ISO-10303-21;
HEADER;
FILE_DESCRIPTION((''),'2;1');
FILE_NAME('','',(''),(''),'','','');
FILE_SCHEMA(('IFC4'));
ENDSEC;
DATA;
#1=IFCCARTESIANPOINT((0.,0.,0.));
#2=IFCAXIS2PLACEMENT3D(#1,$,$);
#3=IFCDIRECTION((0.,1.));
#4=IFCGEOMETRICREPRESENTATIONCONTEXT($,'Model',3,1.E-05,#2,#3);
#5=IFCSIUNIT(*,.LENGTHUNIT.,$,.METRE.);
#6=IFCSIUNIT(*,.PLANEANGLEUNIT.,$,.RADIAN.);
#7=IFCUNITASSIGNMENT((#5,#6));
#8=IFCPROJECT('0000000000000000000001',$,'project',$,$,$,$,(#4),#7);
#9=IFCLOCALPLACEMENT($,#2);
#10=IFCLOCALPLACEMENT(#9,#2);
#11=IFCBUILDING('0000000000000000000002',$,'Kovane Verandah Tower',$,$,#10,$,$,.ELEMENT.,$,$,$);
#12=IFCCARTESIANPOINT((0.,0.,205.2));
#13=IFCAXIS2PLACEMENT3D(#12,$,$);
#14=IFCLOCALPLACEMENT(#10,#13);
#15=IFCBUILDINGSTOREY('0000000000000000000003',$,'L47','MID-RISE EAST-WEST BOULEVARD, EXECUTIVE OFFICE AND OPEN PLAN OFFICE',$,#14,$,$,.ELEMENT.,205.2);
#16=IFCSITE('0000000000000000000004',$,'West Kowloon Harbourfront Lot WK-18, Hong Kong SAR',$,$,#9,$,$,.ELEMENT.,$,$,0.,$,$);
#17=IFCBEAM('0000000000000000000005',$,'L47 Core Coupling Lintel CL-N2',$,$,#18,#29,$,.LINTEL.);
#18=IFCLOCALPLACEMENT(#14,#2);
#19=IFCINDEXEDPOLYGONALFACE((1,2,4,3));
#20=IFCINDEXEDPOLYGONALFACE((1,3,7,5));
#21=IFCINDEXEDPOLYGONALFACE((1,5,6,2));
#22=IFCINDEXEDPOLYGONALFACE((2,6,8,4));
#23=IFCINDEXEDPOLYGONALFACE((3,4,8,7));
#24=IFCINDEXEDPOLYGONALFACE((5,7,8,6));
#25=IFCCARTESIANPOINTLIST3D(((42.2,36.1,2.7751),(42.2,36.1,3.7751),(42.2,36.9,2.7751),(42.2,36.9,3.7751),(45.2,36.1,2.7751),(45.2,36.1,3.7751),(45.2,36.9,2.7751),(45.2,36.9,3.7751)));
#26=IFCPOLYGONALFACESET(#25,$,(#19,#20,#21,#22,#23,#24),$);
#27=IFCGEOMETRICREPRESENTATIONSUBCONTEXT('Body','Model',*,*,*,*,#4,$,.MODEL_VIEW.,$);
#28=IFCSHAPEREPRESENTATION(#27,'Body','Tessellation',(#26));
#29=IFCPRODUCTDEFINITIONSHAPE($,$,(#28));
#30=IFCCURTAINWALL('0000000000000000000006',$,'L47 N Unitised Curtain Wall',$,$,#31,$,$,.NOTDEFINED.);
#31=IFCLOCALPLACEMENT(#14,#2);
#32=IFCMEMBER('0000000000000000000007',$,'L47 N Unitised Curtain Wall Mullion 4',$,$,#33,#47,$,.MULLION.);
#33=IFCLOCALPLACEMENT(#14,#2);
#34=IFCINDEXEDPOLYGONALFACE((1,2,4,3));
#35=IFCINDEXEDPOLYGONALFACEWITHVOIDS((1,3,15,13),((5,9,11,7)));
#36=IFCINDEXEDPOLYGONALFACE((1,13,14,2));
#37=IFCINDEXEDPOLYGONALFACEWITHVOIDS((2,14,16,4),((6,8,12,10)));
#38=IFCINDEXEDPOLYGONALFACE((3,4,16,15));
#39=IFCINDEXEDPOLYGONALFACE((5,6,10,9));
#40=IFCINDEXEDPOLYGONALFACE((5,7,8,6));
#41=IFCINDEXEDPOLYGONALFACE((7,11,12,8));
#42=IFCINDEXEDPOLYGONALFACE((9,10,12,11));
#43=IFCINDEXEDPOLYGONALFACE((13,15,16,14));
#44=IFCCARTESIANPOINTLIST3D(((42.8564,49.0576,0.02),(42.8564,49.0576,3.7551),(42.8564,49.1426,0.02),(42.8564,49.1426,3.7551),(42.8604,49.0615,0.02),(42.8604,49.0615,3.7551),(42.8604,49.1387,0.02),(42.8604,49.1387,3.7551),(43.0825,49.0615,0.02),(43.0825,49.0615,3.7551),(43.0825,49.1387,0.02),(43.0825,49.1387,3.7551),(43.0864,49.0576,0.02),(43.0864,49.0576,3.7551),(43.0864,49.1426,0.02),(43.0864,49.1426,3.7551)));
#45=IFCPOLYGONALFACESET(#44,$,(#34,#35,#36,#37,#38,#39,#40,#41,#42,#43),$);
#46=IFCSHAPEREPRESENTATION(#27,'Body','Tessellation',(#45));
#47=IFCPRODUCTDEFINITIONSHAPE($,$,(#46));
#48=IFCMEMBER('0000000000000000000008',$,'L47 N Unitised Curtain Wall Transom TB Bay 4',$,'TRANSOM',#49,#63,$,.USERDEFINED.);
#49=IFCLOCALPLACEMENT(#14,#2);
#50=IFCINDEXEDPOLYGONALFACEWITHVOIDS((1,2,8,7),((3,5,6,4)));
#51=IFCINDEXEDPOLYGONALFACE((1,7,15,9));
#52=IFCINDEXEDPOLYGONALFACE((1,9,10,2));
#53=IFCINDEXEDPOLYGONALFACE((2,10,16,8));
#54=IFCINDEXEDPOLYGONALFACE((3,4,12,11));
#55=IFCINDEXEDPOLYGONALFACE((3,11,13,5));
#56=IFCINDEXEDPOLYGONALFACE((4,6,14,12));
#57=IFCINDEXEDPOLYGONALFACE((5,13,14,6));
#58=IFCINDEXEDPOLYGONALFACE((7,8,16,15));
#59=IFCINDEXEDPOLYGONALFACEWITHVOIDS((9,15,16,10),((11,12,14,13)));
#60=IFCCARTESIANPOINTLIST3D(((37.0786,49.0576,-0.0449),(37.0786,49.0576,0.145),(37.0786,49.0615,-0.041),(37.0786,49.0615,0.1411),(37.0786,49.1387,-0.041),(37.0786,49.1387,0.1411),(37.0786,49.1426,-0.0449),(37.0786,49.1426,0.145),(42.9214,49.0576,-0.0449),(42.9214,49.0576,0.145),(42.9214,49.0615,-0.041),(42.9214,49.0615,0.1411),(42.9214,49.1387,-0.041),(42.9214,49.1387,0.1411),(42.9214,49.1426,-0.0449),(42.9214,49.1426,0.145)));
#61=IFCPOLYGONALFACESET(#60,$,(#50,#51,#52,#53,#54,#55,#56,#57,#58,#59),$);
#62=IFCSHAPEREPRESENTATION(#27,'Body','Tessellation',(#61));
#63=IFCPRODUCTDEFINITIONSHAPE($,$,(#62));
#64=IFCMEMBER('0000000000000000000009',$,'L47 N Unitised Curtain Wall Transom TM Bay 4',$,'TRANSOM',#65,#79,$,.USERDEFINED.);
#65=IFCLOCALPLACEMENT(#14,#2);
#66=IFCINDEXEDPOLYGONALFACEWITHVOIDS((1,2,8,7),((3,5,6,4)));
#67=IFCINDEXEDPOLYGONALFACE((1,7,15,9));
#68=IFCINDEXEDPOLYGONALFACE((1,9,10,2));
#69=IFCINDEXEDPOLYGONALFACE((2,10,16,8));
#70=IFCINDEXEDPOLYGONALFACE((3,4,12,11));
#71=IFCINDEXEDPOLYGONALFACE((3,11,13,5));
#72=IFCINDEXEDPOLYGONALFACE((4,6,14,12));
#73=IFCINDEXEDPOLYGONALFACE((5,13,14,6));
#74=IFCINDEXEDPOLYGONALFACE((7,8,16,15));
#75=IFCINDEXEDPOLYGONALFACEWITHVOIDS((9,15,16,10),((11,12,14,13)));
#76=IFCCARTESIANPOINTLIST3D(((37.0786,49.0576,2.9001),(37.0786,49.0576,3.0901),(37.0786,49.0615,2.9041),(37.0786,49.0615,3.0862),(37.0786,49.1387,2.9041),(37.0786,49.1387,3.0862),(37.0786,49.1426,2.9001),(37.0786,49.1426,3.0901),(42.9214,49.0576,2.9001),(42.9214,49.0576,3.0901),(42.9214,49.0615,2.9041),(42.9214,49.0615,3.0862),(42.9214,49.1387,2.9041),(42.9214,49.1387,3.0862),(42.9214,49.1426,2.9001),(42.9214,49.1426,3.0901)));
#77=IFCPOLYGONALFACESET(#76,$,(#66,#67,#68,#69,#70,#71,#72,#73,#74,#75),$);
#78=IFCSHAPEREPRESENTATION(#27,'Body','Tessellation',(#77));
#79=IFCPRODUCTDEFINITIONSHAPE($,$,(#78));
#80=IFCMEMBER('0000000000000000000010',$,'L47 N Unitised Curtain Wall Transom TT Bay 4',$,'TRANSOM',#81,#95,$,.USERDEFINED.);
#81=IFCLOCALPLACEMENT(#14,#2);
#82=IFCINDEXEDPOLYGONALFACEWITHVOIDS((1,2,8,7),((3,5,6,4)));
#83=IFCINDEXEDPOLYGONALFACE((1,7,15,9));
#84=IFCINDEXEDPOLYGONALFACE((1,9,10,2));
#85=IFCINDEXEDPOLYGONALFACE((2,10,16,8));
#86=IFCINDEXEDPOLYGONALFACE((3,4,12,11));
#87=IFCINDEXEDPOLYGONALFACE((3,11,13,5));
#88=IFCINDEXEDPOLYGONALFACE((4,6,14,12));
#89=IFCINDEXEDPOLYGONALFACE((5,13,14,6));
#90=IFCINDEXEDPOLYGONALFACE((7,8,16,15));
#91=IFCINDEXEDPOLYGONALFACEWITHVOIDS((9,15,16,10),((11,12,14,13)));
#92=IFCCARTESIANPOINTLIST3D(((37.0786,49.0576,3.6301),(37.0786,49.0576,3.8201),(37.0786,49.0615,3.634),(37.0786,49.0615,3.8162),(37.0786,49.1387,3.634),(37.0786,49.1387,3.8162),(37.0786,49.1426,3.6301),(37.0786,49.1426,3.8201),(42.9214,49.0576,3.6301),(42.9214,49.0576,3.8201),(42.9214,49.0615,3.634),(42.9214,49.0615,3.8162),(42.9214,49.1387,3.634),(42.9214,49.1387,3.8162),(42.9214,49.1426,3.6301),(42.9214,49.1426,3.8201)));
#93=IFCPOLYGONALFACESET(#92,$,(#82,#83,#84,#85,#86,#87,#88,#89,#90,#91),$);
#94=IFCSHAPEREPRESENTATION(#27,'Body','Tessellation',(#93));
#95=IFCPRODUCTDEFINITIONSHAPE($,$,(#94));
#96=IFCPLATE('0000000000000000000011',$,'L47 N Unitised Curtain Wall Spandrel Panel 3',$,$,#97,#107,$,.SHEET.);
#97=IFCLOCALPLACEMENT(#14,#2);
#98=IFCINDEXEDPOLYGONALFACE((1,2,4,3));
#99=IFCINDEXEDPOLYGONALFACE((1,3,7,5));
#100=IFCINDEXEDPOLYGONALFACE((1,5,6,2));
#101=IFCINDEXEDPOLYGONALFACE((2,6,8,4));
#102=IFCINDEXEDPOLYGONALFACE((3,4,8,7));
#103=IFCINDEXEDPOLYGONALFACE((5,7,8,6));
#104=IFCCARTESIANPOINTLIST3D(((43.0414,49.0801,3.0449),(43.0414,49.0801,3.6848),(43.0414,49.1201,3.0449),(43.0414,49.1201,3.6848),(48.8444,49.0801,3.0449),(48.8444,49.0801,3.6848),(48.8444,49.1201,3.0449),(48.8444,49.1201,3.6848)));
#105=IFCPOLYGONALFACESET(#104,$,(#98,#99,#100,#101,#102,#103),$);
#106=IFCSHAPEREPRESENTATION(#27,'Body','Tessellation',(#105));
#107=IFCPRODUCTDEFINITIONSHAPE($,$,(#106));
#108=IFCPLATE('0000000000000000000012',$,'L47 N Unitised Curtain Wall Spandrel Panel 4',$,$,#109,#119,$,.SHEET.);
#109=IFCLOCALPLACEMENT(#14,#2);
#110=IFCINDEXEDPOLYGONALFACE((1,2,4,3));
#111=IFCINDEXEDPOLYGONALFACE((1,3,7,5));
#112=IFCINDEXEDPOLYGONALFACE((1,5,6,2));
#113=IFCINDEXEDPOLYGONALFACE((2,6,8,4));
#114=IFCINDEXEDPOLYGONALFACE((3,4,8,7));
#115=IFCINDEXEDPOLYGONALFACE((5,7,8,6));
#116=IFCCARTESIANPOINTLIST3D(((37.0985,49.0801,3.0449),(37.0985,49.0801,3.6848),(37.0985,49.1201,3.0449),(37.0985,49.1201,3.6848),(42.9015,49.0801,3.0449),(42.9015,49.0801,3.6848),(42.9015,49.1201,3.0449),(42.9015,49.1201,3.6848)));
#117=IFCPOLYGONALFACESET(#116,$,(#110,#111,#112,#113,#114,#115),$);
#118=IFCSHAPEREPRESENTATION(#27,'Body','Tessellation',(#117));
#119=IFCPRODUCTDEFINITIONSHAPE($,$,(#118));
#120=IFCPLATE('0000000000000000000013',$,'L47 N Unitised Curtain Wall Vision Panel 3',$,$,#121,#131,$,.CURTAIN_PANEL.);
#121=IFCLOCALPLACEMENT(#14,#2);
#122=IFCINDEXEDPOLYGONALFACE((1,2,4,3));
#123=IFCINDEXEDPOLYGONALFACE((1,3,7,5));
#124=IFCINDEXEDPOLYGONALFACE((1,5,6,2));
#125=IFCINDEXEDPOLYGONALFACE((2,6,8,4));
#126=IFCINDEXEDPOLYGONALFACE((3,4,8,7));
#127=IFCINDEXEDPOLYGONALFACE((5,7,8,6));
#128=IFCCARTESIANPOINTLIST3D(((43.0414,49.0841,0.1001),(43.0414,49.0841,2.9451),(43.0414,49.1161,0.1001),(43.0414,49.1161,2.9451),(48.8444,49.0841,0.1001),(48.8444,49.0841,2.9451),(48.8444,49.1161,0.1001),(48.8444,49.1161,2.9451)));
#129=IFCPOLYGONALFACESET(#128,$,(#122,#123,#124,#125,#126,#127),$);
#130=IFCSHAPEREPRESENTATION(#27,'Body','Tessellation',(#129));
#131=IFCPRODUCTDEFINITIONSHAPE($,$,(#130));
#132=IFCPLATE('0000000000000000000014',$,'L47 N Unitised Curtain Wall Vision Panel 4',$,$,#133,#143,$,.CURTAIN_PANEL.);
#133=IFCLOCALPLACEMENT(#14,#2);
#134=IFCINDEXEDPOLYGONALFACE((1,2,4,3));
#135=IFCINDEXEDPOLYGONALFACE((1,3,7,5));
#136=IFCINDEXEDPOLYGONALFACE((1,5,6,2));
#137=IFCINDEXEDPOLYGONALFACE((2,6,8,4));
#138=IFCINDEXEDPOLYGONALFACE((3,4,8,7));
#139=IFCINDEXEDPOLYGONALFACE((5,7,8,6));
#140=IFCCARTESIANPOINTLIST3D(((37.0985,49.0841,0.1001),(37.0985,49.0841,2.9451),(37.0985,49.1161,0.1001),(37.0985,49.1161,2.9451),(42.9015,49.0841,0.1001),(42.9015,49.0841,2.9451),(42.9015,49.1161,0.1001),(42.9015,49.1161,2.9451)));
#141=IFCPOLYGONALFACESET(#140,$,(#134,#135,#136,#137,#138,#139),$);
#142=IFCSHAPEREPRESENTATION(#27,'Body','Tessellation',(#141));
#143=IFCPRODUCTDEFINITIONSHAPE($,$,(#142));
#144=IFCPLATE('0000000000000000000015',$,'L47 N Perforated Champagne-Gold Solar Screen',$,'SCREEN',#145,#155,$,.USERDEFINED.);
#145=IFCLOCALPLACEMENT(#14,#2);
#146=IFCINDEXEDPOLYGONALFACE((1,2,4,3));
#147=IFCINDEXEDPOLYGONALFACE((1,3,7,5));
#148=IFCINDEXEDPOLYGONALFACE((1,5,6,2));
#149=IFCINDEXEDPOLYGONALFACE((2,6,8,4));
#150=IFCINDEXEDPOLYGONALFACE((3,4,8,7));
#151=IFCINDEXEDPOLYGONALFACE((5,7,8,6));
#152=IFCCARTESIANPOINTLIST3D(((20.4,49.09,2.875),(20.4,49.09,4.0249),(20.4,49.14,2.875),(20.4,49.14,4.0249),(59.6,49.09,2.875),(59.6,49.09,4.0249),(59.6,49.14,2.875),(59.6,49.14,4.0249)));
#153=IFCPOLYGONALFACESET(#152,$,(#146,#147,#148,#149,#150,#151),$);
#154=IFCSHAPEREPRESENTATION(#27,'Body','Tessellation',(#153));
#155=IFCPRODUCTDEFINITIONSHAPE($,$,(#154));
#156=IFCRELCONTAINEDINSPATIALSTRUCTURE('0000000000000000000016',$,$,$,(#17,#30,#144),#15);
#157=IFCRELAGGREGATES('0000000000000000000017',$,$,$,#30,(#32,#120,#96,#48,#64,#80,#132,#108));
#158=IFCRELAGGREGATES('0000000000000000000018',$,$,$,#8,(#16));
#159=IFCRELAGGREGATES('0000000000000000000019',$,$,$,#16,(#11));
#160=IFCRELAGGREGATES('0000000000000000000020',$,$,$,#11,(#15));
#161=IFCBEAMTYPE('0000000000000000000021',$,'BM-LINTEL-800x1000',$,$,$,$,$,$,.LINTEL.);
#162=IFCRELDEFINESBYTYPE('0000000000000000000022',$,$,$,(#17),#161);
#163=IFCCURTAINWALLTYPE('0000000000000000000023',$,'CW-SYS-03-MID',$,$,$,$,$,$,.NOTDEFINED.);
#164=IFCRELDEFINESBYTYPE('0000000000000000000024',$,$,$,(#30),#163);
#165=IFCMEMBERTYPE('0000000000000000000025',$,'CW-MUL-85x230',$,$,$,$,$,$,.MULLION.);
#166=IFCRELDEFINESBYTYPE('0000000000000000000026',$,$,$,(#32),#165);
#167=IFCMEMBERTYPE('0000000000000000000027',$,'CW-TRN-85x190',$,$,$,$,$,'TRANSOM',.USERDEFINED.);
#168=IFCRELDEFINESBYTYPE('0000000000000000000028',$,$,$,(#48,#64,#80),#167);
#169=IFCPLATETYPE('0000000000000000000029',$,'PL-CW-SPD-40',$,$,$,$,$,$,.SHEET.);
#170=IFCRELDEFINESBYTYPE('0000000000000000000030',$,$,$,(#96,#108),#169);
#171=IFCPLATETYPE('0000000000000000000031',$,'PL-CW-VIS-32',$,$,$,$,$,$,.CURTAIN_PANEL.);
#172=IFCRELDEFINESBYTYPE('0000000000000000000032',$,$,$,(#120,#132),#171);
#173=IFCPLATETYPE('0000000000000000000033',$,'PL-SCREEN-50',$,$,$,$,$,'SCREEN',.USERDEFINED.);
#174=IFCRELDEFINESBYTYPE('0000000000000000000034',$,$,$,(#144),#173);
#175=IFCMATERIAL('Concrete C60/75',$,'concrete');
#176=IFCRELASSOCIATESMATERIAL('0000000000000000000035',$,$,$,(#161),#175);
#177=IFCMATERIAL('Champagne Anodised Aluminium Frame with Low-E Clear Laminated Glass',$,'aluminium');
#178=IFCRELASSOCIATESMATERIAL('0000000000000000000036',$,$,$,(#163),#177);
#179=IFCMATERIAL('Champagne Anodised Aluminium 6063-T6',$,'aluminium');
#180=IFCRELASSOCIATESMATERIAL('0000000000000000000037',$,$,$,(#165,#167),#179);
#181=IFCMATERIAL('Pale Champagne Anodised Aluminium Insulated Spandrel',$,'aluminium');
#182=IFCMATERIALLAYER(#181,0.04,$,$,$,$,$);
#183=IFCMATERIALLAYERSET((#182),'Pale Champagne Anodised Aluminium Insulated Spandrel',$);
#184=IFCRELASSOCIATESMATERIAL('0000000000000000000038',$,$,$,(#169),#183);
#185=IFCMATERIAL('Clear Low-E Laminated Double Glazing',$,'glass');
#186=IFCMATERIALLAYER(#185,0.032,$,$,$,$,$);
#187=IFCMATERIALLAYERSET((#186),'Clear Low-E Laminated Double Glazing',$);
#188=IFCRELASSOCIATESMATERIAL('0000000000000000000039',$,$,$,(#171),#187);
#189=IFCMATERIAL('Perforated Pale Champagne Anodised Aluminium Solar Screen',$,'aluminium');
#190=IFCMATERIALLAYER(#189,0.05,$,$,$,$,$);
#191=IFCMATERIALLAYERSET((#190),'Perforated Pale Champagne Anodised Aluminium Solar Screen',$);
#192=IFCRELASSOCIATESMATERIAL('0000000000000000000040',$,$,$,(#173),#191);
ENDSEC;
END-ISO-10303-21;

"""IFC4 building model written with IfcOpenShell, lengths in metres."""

from ifc_helpers import new_model, si_unit, direction, frame, origin, origin_2d, place, context, subcontext, project, spatial, rectangle, hollow_rectangle, extrude, material, layer, layer_set, material_profile, profile_set, type_object, element, aggregate, save


model = new_model("IFC4")

# Units and contexts
model_context = context("Model", 3, precision=1e-05, world=origin(), true_north=direction((0.0, 1.0)))
body_context = subcontext(model_context, "Body", "Model", "MODEL_VIEW")
ifc_project = project(units=[si_unit("LENGTHUNIT", "METRE"), si_unit("PLANEANGLEUNIT", "RADIAN")], contexts=[model_context])

# Site, building, storey
site_placement = place(None, origin())
site = spatial("IfcSite", under=ifc_project, at=site_placement, Name="West Kowloon Harbourfront Lot WK-18, Hong Kong SAR", CompositionType="ELEMENT", RefElevation=0.0)
building_placement = place(site_placement, origin())
building = spatial("IfcBuilding", under=site, at=building_placement, Name="Kovane Verandah Tower", CompositionType="ELEMENT")
storey_placement = place(building_placement, frame((0.0, 0.0, 205.2)))
storey = spatial("IfcBuildingStorey", under=building, at=storey_placement, Name="L47", Description="MID-RISE EAST-WEST BOULEVARD, EXECUTIVE OFFICE AND OPEN PLAN OFFICE", CompositionType="ELEMENT", Elevation=205.2)

# Beam
ifc_material_1 = material(Name="Concrete C60/75", Category="concrete")
ifc_material_profile_1 = material_profile(ifc_material_1, rectangle(XDim=0.8, YDim=1.0, at=origin_2d()), Name="RCB800x1000")
ifc_profile_set_1 = profile_set([ifc_material_profile_1], Name="Concrete C60/75")
beam_type = type_object("IfcBeamType", Name="BM-LINTEL-800x1000", PredefinedType="LINTEL", material=ifc_profile_set_1)
beam_placement = place(storey_placement, frame((42.2, 36.5, 3.2751), z_axis=(1.0, 0.0, 0.0), x_axis=(0.0, 1.0, 0.0)))
element("IfcBeam", 1, at=beam_placement, inside=storey, type_object=beam_type, Name="L47 Core Coupling Lintel CL-N2", PredefinedType="LINTEL", context=body_context, shape_type="SweptSolid", body=[
    extrude(rectangle(XDim=0.8, YDim=1.0, at=origin_2d()), origin(), (0.0, 0.0, 1.0), 3.0),
])

# Curtain wall, members, plates
ifc_material_2 = material(Name="Champagne Anodised Aluminium Frame with Low-E Clear Laminated Glass", Category="aluminium")
curtain_wall_type = type_object("IfcCurtainWallType", Name="CW-SYS-03-MID", PredefinedType="NOTDEFINED", material=ifc_material_2)
curtain_wall_placement = place(storey_placement, origin())
curtain_wall = element("IfcCurtainWall", 2, at=curtain_wall_placement, inside=storey, type_object=curtain_wall_type, Name="L47 N Unitised Curtain Wall", PredefinedType="NOTDEFINED")
ifc_material_3 = material(Name="Champagne Anodised Aluminium 6063-T6", Category="aluminium")
ifc_material_profile_2 = material_profile(ifc_material_3, hollow_rectangle(XDim=0.085, YDim=0.23, WallThickness=0.0039, at=origin_2d()), Name="AL85x230x4")
ifc_profile_set_2 = profile_set([ifc_material_profile_2], Name="Champagne Anodised Aluminium 6063-T6")
member_type_1 = type_object("IfcMemberType", Name="CW-MUL-85x230", PredefinedType="MULLION", material=ifc_profile_set_2)
member_1_placement = place(storey_placement, frame((42.9714, 49.1001, 0.02), z_axis=(0.0, 0.0, 1.0), x_axis=(0.0, 1.0, 0.0)))
member_1 = element("IfcMember", 3, at=member_1_placement, type_object=member_type_1, Name="L47 N Unitised Curtain Wall Mullion 4", PredefinedType="MULLION", context=body_context, shape_type="SweptSolid", body=[
    extrude(hollow_rectangle(XDim=0.085, YDim=0.23, WallThickness=0.0039, at=origin_2d()), origin(), (0.0, 0.0, 1.0), 3.7351),
])
ifc_material_profile_3 = material_profile(ifc_material_3, hollow_rectangle(XDim=0.085, YDim=0.1899, WallThickness=0.0039, at=origin_2d()), Name="AL85x190x4")
ifc_profile_set_3 = profile_set([ifc_material_profile_3], Name="Champagne Anodised Aluminium 6063-T6")
member_type_2 = type_object("IfcMemberType", Name="CW-TRN-85x190", ElementType="TRANSOM", PredefinedType="USERDEFINED", material=ifc_profile_set_3)
member_2_placement = place(storey_placement, frame((42.9214, 49.1001, 0.05), z_axis=(-1.0, 0.0, 0.0), x_axis=(0.0, -1.0, 0.0)))
member_2 = element("IfcMember", 4, at=member_2_placement, type_object=member_type_2, Name="L47 N Unitised Curtain Wall Transom TB Bay 4", ObjectType="TRANSOM", PredefinedType="USERDEFINED", context=body_context, shape_type="SweptSolid", body=[
    extrude(hollow_rectangle(XDim=0.085, YDim=0.1899, WallThickness=0.0039, at=origin_2d()), origin(), (0.0, 0.0, 1.0), 5.8428),
])
member_3_placement = place(storey_placement, frame((42.9214, 49.1001, 2.9951), z_axis=(-1.0, 0.0, 0.0), x_axis=(0.0, -1.0, 0.0)))
member_3 = element("IfcMember", 5, at=member_3_placement, type_object=member_type_2, Name="L47 N Unitised Curtain Wall Transom TM Bay 4", ObjectType="TRANSOM", PredefinedType="USERDEFINED", context=body_context, shape_type="SweptSolid", body=[
    extrude(hollow_rectangle(XDim=0.085, YDim=0.1899, WallThickness=0.0039, at=origin_2d()), origin(), (0.0, 0.0, 1.0), 5.8428),
])
member_4_placement = place(storey_placement, frame((42.9214, 49.1001, 3.7251), z_axis=(-1.0, 0.0, 0.0), x_axis=(0.0, -1.0, 0.0)))
member_4 = element("IfcMember", 6, at=member_4_placement, type_object=member_type_2, Name="L47 N Unitised Curtain Wall Transom TT Bay 4", ObjectType="TRANSOM", PredefinedType="USERDEFINED", context=body_context, shape_type="SweptSolid", body=[
    extrude(hollow_rectangle(XDim=0.085, YDim=0.1899, WallThickness=0.0039, at=origin_2d()), origin(), (0.0, 0.0, 1.0), 5.8428),
])
ifc_material_4 = material(Name="Pale Champagne Anodised Aluminium Insulated Spandrel", Category="aluminium")
ifc_layer_1 = layer(ifc_material_4, 0.04)
ifc_layer_set_1 = layer_set([ifc_layer_1], Name="Pale Champagne Anodised Aluminium Insulated Spandrel")
plate_type_1 = type_object("IfcPlateType", Name="PL-CW-SPD-40", PredefinedType="SHEET", material=ifc_layer_set_1)
plate_1_placement = place(storey_placement, frame((45.9429, 49.1001, 3.0449), z_axis=(0.0, 0.0, 1.0), x_axis=(-1.0, 0.0, 0.0)))
plate_1 = element("IfcPlate", 7, at=plate_1_placement, type_object=plate_type_1, Name="L47 N Unitised Curtain Wall Spandrel Panel 3", PredefinedType="SHEET", context=body_context, shape_type="SweptSolid", body=[
    extrude(rectangle(XDim=5.803, YDim=0.04, at=origin_2d()), origin(), (0.0, 0.0, 1.0), 0.6399),
])
plate_2_placement = place(storey_placement, frame((40.0, 49.1001, 3.0449), z_axis=(0.0, 0.0, 1.0), x_axis=(-1.0, 0.0, 0.0)))
plate_2 = element("IfcPlate", 8, at=plate_2_placement, type_object=plate_type_1, Name="L47 N Unitised Curtain Wall Spandrel Panel 4", PredefinedType="SHEET", context=body_context, shape_type="SweptSolid", body=[
    extrude(rectangle(XDim=5.803, YDim=0.04, at=origin_2d()), origin(), (0.0, 0.0, 1.0), 0.6399),
])
ifc_material_5 = material(Name="Clear Low-E Laminated Double Glazing", Category="glass")
ifc_layer_2 = layer(ifc_material_5, 0.032)
ifc_layer_set_2 = layer_set([ifc_layer_2], Name="Clear Low-E Laminated Double Glazing")
plate_type_2 = type_object("IfcPlateType", Name="PL-CW-VIS-32", PredefinedType="CURTAIN_PANEL", material=ifc_layer_set_2)
plate_3_placement = place(storey_placement, frame((45.9429, 49.1001, 0.1001), z_axis=(0.0, 0.0, 1.0), x_axis=(-1.0, 0.0, 0.0)))
plate_3 = element("IfcPlate", 9, at=plate_3_placement, type_object=plate_type_2, Name="L47 N Unitised Curtain Wall Vision Panel 3", PredefinedType="CURTAIN_PANEL", context=body_context, shape_type="SweptSolid", body=[
    extrude(rectangle(XDim=5.803, YDim=0.032, at=origin_2d()), origin(), (0.0, 0.0, 1.0), 2.845),
])
plate_4_placement = place(storey_placement, frame((40.0, 49.1001, 0.1001), z_axis=(0.0, 0.0, 1.0), x_axis=(-1.0, 0.0, 0.0)))
plate_4 = element("IfcPlate", 10, at=plate_4_placement, type_object=plate_type_2, Name="L47 N Unitised Curtain Wall Vision Panel 4", PredefinedType="CURTAIN_PANEL", context=body_context, shape_type="SweptSolid", body=[
    extrude(rectangle(XDim=5.803, YDim=0.032, at=origin_2d()), origin(), (0.0, 0.0, 1.0), 2.845),
])
aggregate(curtain_wall, [member_1, plate_3, plate_1, member_2, member_3, member_4, plate_4, plate_2])

# Plate
ifc_material_6 = material(Name="Perforated Pale Champagne Anodised Aluminium Solar Screen", Category="aluminium")
ifc_layer_3 = layer(ifc_material_6, 0.05)
ifc_layer_set_3 = layer_set([ifc_layer_3], Name="Perforated Pale Champagne Anodised Aluminium Solar Screen")
plate_type_3 = type_object("IfcPlateType", Name="PL-SCREEN-50", ElementType="SCREEN", PredefinedType="USERDEFINED", material=ifc_layer_set_3)
plate_5_placement = place(storey_placement, frame((40.0, 49.115, 2.875), z_axis=(0.0, 0.0, 1.0), x_axis=(-1.0, 0.0, 0.0)))
element("IfcPlate", 11, at=plate_5_placement, inside=storey, type_object=plate_type_3, Name="L47 N Perforated Champagne-Gold Solar Screen", ObjectType="SCREEN", PredefinedType="USERDEFINED", context=body_context, shape_type="SweptSolid", body=[
    extrude(rectangle(XDim=39.2, YDim=0.05, at=origin_2d()), origin(), (0.0, 0.0, 1.0), 1.1499),
])

save(model, "model.ifc")
